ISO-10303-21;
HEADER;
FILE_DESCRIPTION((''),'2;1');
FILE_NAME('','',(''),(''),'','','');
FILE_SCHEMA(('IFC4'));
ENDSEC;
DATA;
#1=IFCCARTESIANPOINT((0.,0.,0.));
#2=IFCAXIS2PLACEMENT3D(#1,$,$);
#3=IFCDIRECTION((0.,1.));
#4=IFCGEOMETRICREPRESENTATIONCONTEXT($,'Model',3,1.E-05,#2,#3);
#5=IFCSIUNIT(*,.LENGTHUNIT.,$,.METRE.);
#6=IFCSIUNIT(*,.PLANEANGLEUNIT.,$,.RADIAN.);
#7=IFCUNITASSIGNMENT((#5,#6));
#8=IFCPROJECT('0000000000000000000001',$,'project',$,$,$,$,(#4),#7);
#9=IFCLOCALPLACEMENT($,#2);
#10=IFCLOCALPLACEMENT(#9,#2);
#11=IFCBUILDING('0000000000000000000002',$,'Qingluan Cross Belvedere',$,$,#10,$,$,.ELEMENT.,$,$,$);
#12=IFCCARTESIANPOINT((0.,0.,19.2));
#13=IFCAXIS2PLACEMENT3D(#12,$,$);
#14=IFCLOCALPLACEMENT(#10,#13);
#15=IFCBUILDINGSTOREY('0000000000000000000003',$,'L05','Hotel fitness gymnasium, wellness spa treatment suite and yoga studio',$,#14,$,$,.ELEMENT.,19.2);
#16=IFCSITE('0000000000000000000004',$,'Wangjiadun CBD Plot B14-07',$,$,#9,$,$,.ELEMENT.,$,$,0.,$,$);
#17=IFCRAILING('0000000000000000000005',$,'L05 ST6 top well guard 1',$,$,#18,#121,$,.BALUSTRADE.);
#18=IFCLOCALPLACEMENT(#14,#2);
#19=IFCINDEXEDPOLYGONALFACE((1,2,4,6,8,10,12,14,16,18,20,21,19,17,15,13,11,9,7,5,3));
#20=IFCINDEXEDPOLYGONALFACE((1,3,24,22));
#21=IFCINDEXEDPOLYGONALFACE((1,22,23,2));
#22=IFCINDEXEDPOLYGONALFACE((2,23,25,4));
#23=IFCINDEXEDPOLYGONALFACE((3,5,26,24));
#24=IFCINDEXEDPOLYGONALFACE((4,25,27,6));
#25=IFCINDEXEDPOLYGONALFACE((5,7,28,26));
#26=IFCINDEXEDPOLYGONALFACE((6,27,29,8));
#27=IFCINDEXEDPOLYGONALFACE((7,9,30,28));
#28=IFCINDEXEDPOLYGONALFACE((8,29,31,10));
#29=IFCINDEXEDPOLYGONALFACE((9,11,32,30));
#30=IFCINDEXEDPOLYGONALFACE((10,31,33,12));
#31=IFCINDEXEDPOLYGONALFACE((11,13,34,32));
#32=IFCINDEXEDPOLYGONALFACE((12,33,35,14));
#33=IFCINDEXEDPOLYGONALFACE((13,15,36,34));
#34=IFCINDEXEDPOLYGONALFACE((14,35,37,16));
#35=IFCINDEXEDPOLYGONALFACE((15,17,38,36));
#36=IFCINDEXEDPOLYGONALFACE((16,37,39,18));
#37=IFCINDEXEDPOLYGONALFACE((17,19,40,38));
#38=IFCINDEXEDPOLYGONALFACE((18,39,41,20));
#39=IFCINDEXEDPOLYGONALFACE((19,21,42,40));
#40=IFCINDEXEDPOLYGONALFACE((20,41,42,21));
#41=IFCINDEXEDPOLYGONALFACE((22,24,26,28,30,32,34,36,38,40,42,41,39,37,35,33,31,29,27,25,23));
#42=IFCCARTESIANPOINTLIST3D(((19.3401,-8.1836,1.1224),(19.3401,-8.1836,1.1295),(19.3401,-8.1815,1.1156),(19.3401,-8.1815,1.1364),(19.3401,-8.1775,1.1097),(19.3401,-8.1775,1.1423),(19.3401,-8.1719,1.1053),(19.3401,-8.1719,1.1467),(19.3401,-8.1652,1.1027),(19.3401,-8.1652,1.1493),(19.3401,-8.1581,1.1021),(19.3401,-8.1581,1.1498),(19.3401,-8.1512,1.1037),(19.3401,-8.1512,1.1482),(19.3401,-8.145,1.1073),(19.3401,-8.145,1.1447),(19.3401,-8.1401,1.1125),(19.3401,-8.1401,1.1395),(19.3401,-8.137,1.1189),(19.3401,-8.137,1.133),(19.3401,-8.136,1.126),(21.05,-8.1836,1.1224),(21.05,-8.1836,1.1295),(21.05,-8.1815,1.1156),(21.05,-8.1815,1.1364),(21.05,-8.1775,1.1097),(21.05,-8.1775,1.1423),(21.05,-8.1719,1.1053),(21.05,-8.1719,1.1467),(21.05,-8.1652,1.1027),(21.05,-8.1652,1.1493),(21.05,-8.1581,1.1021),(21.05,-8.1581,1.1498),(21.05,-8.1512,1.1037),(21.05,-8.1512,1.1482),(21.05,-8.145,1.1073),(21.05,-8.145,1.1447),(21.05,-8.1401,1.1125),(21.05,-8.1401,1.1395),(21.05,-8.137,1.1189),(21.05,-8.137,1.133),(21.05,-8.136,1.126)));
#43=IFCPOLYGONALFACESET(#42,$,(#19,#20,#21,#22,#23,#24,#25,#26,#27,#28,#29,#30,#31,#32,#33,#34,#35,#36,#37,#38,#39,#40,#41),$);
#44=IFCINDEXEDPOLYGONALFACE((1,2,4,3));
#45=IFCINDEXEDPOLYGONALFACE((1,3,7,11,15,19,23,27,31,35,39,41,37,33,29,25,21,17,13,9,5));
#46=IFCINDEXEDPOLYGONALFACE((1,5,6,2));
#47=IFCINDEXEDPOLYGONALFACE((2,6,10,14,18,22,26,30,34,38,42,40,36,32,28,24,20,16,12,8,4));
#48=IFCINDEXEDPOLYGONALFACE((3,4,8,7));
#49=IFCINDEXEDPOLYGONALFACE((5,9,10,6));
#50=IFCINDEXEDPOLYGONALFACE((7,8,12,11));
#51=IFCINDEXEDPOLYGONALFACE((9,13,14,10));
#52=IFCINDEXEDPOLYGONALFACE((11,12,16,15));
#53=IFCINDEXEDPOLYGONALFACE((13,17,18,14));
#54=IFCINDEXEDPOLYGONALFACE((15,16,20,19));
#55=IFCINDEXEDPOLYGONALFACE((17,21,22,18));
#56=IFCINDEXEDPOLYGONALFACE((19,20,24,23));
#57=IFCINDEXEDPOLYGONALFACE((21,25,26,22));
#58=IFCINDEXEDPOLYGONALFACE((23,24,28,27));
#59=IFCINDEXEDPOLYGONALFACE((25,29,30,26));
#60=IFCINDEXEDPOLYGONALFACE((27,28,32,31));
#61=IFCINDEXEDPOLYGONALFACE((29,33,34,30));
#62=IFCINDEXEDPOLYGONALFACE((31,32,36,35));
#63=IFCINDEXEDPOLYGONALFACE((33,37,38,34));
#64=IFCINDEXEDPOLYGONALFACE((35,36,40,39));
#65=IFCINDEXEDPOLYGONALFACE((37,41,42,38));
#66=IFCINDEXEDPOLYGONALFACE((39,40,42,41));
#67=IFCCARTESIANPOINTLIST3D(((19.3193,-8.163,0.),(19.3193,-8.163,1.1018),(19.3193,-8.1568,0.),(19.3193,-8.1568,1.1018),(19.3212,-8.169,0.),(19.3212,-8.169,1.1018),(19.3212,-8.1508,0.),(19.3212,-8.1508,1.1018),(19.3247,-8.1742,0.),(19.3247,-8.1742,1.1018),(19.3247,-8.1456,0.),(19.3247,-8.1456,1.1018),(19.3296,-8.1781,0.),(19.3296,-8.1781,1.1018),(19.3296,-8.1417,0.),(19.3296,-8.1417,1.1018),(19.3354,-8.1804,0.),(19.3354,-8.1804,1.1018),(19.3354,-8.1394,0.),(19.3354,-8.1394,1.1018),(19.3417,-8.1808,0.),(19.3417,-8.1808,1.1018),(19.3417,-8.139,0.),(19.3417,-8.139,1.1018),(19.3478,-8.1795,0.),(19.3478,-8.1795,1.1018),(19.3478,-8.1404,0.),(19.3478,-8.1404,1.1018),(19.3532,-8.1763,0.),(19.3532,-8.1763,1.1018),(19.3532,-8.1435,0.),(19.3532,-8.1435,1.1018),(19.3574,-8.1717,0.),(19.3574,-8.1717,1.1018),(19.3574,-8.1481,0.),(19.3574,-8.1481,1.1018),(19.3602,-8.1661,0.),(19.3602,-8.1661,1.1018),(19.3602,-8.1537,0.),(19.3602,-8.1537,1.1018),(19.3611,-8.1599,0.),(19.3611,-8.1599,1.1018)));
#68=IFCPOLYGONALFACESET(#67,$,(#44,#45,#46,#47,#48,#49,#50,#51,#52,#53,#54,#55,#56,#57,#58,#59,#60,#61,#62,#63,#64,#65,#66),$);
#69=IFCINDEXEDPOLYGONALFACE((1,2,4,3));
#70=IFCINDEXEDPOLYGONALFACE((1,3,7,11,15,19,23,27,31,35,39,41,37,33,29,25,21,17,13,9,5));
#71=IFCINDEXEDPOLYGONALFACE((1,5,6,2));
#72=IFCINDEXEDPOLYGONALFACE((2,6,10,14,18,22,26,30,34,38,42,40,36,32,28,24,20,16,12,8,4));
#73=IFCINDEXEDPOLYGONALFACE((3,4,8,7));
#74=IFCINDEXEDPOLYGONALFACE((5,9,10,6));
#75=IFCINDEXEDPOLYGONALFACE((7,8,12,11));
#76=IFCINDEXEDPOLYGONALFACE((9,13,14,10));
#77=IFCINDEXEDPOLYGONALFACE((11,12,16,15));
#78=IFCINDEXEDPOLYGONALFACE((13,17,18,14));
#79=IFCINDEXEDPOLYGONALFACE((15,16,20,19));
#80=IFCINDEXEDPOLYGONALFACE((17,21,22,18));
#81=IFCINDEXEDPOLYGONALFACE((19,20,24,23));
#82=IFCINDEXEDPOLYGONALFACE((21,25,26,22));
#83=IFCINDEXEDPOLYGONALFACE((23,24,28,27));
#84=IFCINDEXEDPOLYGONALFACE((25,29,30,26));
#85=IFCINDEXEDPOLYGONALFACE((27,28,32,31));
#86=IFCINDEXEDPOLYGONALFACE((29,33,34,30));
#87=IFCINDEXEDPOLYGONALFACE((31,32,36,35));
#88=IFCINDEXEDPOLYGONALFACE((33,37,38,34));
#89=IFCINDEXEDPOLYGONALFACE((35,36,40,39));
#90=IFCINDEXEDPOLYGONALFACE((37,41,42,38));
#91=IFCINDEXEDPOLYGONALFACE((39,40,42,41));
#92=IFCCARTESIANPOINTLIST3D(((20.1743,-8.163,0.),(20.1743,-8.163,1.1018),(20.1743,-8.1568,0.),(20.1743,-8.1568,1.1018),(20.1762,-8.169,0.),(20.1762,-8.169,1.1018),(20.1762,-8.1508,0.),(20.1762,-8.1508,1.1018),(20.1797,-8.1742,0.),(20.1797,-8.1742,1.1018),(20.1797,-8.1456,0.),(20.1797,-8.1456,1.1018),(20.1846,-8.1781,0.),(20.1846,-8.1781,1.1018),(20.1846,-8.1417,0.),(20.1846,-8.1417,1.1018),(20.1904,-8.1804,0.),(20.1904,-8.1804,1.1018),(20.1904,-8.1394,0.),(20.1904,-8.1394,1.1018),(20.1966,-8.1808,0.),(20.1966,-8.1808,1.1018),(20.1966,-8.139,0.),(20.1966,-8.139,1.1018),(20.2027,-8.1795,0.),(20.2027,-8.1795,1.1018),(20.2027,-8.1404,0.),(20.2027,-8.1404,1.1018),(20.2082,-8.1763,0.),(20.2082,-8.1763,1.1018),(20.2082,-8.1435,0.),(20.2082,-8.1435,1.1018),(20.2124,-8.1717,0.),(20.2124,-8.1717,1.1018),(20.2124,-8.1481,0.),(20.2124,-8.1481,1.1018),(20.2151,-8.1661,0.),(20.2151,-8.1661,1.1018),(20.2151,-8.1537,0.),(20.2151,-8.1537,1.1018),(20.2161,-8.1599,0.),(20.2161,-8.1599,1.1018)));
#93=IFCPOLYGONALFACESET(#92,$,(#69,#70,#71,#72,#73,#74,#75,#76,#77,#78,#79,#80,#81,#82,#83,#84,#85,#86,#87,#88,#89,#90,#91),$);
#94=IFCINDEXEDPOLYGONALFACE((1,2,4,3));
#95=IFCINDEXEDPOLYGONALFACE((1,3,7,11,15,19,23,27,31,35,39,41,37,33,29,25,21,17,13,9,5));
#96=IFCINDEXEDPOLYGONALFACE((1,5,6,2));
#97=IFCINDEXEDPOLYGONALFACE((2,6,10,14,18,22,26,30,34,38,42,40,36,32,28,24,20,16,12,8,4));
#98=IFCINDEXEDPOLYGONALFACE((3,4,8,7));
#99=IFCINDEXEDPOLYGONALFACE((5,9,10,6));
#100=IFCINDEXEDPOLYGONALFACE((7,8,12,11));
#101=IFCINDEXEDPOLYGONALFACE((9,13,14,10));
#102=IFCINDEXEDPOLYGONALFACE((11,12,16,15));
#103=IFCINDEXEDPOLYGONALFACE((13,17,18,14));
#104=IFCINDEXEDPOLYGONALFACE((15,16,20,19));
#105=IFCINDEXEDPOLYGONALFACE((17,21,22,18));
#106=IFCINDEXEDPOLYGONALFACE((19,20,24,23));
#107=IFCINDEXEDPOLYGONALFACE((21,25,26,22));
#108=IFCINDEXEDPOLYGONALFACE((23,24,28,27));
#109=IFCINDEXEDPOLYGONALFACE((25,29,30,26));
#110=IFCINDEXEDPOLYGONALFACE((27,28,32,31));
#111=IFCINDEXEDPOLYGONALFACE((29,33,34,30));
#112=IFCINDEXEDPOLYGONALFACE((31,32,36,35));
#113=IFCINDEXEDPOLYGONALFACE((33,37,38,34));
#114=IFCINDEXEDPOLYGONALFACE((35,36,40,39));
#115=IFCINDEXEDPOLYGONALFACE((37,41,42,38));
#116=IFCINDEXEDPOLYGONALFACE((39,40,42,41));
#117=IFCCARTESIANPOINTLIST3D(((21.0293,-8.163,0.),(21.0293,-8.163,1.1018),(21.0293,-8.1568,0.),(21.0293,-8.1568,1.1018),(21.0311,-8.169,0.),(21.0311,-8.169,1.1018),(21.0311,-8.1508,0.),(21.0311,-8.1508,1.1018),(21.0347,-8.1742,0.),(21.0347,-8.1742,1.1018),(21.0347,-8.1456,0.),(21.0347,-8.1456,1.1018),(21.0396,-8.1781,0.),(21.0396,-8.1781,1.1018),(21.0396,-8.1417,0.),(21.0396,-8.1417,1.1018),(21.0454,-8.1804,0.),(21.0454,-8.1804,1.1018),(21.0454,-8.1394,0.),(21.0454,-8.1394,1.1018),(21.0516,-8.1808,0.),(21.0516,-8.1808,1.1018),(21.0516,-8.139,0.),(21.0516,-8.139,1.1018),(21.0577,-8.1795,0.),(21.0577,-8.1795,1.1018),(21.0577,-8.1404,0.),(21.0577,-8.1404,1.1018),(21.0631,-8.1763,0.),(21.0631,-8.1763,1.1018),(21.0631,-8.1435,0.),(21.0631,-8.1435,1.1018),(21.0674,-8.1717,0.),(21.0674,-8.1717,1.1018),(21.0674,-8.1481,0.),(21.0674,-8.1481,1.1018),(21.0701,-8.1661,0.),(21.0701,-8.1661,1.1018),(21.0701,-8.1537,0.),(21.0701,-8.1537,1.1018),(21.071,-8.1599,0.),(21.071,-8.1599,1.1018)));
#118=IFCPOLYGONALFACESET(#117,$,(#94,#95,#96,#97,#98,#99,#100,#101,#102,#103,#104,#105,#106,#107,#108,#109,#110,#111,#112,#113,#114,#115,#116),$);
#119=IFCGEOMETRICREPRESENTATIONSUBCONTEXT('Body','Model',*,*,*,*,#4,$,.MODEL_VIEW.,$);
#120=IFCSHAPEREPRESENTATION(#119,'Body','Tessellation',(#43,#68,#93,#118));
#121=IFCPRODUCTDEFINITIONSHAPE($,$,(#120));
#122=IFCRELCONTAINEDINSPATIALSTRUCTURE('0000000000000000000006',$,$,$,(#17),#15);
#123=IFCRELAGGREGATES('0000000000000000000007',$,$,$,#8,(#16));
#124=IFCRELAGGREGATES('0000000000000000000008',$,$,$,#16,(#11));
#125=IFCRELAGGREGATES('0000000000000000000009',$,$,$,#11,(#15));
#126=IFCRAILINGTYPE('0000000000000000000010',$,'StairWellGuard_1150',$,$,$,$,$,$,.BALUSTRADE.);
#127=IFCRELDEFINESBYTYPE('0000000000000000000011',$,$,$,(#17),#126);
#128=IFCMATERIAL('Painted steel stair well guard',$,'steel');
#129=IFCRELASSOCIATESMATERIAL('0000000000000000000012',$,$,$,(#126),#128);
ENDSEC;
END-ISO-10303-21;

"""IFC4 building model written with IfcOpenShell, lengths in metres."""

from ifc_helpers import new_model, si_unit, direction, frame, origin, origin_2d, place, context, subcontext, project, spatial, circle, extrude, material, type_object, element, save


model = new_model("IFC4")

# Units and contexts
model_context = context("Model", 3, precision=1e-05, world=origin(), true_north=direction((0.0, 1.0)))
body_context = subcontext(model_context, "Body", "Model", "MODEL_VIEW")
ifc_project = project(units=[si_unit("LENGTHUNIT", "METRE"), si_unit("PLANEANGLEUNIT", "RADIAN")], contexts=[model_context])

# Site, building, storey
site_placement = place(None, origin())
site = spatial("IfcSite", under=ifc_project, at=site_placement, Name="Wangjiadun CBD Plot B14-07", CompositionType="ELEMENT", RefElevation=0.0)
building_placement = place(site_placement, origin())
building = spatial("IfcBuilding", under=site, at=building_placement, Name="Qingluan Cross Belvedere", CompositionType="ELEMENT")
storey_placement = place(building_placement, frame((0.0, 0.0, 19.2)))
storey = spatial("IfcBuildingStorey", under=building, at=storey_placement, Name="L05", Description="Hotel fitness gymnasium, wellness spa treatment suite and yoga studio", CompositionType="ELEMENT", Elevation=19.2)

# Railing
ifc_material_1 = material(Name="Painted steel stair well guard", Category="steel")
railing_type_1 = type_object("IfcRailingType", Name="StairWellGuard_1150", PredefinedType="BALUSTRADE", material=ifc_material_1)
railing_1_placement = place(storey_placement, frame((19.3401, -8.1599, 0.0)))
element("IfcRailing", 1, at=railing_1_placement, inside=storey, type_object=railing_type_1, Name="L05 ST6 top well guard 1", PredefinedType="BALUSTRADE", context=body_context, shape_type="SweptSolid", body=[
    extrude(circle(Radius=0.0239, at=origin_2d()), frame((0.0, 0.0, 1.126), z_axis=(1.0, 0.0, 0.0), x_axis=(0.0, 1.0, 0.0)), (0.0, 0.0, 1.0), 1.71),
    extrude(circle(Radius=0.021, at=origin_2d()), origin(), (0.0, 0.0, 1.0), 1.1018),
    extrude(circle(Radius=0.021, at=origin_2d()), frame((0.855, 0.0, 0.0)), (0.0, 0.0, 1.0), 1.1018),
    extrude(circle(Radius=0.021, at=origin_2d()), frame((1.71, 0.0, 0.0)), (0.0, 0.0, 1.0), 1.1018),
])

save(model, "model.ifc")
